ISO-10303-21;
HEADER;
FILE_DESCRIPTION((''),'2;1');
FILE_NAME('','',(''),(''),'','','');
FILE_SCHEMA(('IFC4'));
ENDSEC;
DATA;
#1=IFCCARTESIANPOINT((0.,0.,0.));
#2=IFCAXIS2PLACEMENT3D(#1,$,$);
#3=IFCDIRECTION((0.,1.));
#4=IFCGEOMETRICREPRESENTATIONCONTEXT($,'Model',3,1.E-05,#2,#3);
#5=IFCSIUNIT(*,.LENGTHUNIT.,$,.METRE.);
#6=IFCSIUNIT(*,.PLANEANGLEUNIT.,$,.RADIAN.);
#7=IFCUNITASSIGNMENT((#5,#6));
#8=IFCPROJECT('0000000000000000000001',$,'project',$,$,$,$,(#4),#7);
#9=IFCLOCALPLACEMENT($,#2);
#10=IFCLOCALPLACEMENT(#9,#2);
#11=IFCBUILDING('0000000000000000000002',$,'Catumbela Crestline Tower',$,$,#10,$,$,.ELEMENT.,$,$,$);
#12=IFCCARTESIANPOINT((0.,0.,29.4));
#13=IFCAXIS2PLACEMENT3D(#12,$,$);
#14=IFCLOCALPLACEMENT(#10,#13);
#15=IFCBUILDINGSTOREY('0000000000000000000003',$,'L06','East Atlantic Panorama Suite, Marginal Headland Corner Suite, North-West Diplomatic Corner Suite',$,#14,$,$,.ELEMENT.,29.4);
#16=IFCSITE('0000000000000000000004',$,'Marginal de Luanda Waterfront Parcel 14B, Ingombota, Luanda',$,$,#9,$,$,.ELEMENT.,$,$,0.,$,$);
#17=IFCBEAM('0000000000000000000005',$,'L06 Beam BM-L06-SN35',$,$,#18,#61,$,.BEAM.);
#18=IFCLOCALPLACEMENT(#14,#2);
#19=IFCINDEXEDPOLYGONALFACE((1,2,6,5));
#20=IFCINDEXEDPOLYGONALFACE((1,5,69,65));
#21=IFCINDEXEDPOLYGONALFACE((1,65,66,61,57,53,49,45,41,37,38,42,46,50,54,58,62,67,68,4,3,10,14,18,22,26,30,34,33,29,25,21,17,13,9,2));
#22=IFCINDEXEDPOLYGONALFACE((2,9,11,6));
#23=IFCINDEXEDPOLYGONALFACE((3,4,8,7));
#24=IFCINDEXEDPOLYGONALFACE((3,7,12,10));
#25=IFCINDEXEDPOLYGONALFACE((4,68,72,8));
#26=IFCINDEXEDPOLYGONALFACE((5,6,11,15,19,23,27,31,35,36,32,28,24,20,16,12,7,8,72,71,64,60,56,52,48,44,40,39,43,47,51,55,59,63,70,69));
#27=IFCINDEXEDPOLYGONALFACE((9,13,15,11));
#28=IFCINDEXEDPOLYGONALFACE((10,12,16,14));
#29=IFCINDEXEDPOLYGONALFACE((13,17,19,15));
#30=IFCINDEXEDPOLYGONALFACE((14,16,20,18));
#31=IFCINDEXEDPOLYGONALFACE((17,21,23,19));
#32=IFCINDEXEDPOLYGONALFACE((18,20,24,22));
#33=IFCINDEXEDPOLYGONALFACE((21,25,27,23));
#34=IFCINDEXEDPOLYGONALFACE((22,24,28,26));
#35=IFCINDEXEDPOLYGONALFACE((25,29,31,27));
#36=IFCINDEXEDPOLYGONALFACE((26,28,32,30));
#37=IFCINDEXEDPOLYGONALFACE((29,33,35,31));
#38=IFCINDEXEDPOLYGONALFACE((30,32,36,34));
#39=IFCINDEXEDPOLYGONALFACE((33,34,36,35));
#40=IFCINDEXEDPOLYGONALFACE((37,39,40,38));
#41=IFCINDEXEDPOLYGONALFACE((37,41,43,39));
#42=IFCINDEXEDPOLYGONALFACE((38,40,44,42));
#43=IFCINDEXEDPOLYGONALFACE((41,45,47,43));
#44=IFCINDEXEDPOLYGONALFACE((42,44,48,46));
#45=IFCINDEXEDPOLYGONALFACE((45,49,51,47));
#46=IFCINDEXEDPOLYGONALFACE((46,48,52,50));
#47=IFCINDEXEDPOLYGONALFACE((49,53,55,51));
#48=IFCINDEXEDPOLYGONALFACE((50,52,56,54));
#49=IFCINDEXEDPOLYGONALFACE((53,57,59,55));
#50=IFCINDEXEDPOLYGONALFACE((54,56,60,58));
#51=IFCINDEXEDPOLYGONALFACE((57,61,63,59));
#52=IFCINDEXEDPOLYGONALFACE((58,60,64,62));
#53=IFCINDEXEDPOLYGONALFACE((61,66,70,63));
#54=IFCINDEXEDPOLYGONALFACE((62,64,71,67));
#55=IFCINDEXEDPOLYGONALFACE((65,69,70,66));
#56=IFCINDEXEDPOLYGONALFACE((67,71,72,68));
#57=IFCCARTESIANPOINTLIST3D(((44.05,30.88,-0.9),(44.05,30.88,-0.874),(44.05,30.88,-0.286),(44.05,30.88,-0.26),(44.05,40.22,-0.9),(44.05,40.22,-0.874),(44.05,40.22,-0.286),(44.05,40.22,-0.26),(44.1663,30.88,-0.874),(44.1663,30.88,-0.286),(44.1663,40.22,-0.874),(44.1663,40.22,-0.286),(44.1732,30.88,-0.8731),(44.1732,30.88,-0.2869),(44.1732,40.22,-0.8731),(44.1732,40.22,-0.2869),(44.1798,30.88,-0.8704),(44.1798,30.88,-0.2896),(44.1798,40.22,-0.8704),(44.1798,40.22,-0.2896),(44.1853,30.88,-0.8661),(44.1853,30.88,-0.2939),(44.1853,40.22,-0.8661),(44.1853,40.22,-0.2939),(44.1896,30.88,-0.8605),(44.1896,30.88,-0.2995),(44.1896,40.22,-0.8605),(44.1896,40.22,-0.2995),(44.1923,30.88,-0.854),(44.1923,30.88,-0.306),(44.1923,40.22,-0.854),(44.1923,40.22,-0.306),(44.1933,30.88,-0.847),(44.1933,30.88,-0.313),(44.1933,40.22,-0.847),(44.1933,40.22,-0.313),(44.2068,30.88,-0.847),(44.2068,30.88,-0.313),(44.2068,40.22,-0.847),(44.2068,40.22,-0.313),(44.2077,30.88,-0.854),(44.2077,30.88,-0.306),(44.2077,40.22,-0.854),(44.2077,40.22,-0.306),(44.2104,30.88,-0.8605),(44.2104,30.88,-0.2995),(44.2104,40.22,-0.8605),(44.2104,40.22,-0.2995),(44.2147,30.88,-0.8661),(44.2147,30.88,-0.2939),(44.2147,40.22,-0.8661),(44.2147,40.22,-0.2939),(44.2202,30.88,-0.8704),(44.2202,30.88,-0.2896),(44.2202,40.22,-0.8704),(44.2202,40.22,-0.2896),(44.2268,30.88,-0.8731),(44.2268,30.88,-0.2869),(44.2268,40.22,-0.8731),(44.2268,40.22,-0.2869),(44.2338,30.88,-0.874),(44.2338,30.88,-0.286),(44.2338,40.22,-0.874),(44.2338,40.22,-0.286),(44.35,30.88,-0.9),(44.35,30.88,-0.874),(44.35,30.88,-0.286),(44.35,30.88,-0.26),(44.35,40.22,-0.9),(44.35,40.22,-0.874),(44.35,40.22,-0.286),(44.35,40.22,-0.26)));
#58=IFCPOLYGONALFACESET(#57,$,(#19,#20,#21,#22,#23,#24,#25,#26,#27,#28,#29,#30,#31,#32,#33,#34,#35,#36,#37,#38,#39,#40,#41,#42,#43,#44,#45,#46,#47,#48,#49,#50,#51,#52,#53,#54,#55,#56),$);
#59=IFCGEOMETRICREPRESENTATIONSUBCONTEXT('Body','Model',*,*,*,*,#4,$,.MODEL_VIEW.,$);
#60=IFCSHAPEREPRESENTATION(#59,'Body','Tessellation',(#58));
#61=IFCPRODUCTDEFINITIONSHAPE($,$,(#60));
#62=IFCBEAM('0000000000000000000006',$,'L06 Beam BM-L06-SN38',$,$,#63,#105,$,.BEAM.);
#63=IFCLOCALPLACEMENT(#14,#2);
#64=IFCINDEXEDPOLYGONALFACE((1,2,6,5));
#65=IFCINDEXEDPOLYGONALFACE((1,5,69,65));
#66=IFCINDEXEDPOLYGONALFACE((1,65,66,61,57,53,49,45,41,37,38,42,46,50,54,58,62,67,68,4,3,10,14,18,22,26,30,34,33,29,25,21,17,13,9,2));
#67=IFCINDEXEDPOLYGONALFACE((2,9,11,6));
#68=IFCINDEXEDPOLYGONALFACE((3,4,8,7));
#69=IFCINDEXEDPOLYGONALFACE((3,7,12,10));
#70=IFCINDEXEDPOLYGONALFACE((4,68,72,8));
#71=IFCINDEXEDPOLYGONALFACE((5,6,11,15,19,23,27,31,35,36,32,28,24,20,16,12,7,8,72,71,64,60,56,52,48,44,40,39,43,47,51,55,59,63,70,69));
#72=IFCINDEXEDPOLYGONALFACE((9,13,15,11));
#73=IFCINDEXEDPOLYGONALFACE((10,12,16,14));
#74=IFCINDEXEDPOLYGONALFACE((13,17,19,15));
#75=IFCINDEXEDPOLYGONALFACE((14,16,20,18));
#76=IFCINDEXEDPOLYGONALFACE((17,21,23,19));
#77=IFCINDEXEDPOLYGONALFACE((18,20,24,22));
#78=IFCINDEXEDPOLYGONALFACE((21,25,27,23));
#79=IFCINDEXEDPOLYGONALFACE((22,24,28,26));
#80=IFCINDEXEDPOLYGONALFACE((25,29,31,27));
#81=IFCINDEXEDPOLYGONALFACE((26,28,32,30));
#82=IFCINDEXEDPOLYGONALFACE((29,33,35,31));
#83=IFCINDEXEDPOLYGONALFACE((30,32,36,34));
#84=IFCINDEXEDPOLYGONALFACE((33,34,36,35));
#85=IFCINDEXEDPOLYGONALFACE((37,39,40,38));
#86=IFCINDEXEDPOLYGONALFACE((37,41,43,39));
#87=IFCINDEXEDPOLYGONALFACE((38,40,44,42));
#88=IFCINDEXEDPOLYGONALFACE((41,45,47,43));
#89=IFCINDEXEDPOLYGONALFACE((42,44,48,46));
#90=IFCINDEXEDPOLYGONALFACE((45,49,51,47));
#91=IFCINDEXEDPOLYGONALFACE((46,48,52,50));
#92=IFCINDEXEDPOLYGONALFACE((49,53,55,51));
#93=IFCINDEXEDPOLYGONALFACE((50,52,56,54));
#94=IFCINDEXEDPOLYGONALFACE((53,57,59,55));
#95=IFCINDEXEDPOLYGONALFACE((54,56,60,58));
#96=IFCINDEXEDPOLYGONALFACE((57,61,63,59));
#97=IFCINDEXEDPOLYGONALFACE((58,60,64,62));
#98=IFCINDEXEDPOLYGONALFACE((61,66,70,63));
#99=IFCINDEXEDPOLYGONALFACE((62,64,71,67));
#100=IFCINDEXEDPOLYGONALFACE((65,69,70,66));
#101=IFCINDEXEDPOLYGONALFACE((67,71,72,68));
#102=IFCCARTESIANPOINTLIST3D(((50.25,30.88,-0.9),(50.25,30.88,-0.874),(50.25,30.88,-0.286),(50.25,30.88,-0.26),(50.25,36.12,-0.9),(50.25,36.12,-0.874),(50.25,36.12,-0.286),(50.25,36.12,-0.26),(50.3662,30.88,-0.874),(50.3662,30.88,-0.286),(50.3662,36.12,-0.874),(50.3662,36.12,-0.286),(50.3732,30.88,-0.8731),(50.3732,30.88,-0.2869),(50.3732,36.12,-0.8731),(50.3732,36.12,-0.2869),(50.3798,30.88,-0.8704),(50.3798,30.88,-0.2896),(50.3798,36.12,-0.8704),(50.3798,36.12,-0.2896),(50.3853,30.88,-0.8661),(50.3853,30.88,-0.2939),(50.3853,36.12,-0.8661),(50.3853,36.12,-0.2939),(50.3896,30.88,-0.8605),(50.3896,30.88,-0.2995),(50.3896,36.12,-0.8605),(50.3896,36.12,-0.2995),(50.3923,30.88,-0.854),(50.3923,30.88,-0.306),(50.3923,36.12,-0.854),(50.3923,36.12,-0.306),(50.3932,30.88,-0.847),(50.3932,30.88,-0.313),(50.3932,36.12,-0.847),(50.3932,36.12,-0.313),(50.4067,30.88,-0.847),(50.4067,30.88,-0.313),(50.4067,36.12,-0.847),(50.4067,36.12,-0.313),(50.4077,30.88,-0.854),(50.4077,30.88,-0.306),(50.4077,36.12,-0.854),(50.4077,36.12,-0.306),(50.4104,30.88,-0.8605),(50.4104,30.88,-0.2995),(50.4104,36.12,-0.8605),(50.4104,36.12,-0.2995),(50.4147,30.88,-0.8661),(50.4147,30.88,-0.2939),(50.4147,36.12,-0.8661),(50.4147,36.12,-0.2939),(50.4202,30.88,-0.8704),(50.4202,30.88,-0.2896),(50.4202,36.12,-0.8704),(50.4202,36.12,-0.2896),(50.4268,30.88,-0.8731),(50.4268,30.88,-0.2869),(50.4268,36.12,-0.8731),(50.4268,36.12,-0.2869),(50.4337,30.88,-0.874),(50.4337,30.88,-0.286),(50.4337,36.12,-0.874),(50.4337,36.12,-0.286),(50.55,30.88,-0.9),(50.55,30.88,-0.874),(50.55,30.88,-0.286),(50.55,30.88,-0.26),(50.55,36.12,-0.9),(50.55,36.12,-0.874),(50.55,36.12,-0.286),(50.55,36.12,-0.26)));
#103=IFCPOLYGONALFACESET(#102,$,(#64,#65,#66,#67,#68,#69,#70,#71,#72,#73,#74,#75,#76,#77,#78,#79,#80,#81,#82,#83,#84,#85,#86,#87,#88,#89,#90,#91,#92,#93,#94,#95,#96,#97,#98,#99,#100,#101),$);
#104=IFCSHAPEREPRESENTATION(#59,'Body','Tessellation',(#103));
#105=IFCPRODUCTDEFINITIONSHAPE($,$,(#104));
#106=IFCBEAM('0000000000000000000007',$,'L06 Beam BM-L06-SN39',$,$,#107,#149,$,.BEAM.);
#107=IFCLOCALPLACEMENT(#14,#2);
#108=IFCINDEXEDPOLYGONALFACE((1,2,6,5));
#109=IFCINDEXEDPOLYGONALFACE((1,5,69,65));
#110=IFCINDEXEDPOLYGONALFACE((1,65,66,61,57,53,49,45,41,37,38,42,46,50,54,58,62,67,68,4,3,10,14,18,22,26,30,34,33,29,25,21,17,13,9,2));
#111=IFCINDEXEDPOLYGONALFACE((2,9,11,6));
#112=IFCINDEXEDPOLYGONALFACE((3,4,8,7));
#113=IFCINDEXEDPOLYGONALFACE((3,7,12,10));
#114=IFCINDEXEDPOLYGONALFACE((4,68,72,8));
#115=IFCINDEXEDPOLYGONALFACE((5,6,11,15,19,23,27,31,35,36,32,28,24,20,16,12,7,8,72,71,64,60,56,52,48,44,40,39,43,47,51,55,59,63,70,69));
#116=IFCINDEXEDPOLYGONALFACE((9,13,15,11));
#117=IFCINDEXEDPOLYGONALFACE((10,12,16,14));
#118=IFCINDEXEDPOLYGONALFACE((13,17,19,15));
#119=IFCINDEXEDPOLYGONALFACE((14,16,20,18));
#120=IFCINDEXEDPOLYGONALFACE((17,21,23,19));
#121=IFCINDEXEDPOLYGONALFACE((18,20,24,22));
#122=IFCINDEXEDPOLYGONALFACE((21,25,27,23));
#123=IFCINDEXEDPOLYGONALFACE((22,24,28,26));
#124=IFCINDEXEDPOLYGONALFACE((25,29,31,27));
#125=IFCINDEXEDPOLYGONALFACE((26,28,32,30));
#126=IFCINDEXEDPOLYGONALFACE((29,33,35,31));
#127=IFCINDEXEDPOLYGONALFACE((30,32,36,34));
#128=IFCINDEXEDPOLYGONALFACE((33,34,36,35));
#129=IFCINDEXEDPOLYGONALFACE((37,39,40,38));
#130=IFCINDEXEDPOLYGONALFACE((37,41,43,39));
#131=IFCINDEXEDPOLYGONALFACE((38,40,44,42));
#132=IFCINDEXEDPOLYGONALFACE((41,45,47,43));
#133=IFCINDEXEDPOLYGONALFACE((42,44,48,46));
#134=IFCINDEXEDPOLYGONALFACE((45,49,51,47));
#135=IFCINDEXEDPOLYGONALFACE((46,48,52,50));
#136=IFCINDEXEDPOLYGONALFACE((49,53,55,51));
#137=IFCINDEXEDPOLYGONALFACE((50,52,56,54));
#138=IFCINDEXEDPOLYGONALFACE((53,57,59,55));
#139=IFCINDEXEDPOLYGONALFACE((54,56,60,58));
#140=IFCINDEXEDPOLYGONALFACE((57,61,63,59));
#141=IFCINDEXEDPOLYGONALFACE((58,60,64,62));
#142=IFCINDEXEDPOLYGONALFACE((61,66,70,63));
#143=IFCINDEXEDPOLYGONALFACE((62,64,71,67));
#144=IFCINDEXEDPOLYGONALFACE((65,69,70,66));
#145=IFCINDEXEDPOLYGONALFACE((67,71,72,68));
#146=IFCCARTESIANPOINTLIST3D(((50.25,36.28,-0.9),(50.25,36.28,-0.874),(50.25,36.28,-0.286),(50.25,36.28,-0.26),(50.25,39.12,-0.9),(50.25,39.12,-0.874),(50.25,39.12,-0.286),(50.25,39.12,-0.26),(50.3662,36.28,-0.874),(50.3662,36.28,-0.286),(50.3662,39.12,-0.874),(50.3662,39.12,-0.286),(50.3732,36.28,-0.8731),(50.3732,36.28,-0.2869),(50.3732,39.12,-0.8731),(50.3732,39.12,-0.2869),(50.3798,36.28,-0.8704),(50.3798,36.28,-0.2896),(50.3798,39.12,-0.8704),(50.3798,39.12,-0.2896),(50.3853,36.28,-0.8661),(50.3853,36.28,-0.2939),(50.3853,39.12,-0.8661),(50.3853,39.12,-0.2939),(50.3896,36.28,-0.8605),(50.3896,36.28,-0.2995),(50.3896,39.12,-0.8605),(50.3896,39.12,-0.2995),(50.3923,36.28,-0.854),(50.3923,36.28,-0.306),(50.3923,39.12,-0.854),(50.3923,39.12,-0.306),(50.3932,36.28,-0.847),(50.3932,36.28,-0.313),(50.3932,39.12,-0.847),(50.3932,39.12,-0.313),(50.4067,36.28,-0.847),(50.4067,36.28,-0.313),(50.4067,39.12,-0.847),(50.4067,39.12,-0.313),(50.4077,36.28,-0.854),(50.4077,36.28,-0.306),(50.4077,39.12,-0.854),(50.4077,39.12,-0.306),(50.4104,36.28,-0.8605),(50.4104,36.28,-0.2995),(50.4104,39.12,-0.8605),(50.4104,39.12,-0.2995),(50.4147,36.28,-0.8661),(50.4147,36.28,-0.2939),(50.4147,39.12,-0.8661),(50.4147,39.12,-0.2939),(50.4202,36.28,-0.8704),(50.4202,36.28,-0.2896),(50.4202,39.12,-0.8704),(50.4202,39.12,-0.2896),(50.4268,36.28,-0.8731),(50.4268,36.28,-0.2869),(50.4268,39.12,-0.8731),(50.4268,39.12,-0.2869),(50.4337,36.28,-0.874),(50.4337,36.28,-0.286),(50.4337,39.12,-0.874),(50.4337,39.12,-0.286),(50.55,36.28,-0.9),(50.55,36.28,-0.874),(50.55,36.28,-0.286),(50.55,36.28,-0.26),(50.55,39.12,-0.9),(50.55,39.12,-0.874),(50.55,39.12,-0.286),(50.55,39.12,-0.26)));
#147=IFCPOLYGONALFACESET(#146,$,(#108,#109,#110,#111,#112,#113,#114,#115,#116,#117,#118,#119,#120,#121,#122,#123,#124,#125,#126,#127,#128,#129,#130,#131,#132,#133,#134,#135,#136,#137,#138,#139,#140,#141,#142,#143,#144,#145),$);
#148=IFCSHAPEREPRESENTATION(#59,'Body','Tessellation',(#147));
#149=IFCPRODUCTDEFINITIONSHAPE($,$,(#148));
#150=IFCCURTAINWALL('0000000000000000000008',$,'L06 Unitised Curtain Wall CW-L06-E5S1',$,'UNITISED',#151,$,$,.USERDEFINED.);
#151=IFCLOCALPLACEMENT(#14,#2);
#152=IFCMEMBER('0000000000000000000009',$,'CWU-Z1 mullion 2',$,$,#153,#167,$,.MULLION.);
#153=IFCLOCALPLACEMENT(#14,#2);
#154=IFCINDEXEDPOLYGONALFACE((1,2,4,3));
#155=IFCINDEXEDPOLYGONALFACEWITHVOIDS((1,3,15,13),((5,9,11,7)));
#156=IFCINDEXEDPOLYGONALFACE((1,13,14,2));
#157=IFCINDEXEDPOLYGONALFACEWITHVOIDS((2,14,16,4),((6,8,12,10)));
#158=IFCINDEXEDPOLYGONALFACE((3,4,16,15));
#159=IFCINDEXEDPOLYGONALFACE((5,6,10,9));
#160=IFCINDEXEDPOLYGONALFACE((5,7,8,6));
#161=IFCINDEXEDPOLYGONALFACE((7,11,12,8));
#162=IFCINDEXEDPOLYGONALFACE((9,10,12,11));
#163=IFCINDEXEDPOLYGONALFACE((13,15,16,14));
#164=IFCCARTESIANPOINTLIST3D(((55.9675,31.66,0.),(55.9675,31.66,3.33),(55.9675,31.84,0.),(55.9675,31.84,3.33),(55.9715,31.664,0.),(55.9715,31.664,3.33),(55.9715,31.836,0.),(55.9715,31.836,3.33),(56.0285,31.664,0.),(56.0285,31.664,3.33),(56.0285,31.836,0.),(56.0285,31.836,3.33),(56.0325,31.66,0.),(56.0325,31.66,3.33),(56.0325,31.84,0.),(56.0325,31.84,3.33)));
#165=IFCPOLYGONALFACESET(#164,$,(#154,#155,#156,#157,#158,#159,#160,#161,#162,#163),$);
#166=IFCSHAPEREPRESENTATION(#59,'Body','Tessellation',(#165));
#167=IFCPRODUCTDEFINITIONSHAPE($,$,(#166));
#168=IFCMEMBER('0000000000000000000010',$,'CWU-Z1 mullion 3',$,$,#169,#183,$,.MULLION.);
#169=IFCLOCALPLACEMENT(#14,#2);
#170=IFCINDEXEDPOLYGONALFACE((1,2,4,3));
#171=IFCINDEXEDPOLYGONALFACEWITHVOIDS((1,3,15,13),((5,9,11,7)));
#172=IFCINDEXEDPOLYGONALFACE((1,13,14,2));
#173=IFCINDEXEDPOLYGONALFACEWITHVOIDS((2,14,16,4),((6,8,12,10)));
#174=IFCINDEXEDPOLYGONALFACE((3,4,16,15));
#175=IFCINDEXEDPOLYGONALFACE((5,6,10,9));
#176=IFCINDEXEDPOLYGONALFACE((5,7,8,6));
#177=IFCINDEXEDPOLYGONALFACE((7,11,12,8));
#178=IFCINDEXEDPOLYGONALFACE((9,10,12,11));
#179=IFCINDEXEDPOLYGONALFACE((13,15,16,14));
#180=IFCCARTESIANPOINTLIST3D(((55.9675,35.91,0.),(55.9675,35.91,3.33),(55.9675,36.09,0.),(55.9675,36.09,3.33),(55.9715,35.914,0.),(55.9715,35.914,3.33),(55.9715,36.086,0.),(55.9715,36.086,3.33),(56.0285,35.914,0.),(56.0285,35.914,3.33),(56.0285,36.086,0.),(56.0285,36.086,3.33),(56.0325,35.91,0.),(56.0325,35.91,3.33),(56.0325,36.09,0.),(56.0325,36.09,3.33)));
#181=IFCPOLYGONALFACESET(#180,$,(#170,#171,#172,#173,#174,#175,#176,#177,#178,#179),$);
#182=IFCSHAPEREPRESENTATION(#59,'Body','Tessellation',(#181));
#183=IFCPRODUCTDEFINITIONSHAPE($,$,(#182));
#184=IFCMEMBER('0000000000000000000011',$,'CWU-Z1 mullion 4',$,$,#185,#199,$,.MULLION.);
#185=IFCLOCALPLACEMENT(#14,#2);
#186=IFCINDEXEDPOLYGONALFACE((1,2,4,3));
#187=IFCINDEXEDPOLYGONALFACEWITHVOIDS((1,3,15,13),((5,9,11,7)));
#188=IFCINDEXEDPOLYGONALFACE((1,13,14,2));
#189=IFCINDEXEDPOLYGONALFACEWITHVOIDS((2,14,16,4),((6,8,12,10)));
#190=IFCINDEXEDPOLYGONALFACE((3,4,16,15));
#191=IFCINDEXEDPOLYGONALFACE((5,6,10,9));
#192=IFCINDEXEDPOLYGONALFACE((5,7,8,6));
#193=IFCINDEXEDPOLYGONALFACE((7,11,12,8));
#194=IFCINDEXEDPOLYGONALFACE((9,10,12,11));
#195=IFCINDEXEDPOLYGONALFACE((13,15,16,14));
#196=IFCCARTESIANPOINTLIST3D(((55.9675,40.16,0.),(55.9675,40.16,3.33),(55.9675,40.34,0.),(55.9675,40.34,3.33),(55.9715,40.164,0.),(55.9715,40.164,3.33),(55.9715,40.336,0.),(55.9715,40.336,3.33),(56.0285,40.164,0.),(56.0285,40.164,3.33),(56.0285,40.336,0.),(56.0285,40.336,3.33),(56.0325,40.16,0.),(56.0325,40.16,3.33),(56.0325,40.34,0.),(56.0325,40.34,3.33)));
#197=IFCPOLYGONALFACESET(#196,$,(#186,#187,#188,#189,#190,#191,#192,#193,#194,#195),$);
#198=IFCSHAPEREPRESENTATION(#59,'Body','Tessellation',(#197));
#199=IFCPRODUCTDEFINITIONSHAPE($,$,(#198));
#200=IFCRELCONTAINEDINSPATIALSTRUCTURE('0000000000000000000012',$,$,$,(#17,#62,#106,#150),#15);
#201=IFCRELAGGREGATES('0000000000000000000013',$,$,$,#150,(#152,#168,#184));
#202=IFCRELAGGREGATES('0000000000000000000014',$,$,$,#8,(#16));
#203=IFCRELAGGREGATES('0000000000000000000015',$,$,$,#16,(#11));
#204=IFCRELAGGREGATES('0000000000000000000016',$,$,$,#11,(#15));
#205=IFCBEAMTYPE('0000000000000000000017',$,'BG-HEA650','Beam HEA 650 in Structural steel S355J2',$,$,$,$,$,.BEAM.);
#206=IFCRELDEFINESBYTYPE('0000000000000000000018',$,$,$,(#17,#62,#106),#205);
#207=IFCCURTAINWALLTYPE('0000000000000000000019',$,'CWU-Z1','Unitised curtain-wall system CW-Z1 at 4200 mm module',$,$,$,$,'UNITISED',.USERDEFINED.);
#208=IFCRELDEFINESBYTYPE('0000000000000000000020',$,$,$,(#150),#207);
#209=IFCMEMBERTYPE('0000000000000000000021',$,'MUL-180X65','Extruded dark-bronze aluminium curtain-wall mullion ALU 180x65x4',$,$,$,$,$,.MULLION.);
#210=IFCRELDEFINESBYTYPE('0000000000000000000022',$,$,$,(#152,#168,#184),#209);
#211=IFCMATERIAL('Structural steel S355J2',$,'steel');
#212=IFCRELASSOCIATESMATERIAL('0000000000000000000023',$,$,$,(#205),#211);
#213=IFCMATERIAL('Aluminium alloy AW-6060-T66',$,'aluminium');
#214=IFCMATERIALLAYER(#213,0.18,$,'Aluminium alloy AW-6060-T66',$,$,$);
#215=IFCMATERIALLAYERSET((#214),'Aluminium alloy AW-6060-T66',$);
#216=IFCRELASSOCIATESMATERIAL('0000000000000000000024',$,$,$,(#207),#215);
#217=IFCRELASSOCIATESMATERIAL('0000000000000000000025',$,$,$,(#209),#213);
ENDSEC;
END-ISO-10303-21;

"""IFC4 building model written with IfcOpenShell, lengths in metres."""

from ifc_helpers import new_model, si_unit, direction, frame, origin, origin_2d, place, context, subcontext, project, spatial, hollow_rectangle, i_section, extrude, material, layer, layer_set, material_profile, profile_set, type_object, element, aggregate, save


model = new_model("IFC4")

# Units and contexts
model_context = context("Model", 3, precision=1e-05, world=origin(), true_north=direction((0.0, 1.0)))
body_context = subcontext(model_context, "Body", "Model", "MODEL_VIEW")
ifc_project = project(units=[si_unit("LENGTHUNIT", "METRE"), si_unit("PLANEANGLEUNIT", "RADIAN")], contexts=[model_context])

# Site, building, storey
site_placement = place(None, origin())
site = spatial("IfcSite", under=ifc_project, at=site_placement, Name="Marginal de Luanda Waterfront Parcel 14B, Ingombota, Luanda", CompositionType="ELEMENT", RefElevation=0.0)
building_placement = place(site_placement, origin())
building = spatial("IfcBuilding", under=site, at=building_placement, Name="Catumbela Crestline Tower", CompositionType="ELEMENT")
storey_placement = place(building_placement, frame((0.0, 0.0, 29.4)))
storey = spatial("IfcBuildingStorey", under=building, at=storey_placement, Name="L06", Description="East Atlantic Panorama Suite, Marginal Headland Corner Suite, North-West Diplomatic Corner Suite", CompositionType="ELEMENT", Elevation=29.4)

# Beams
ifc_material_1 = material(Name="Structural steel S355J2", Category="steel")
ifc_material_profile_1 = material_profile(ifc_material_1, i_section(OverallWidth=0.3, OverallDepth=0.64, WebThickness=0.0135, FlangeThickness=0.026, FilletRadius=0.027, at=origin_2d()), Name="HEA 650")
ifc_profile_set_1 = profile_set([ifc_material_profile_1], Name="Structural steel S355J2")
beam_type_1 = type_object("IfcBeamType", Name="BG-HEA650", Description="Beam HEA 650 in Structural steel S355J2", PredefinedType="BEAM", material=ifc_profile_set_1)
beam_1_placement = place(storey_placement, frame((44.2, 30.88, -0.58), z_axis=(0.0, 1.0, 0.0), x_axis=(-1.0, 0.0, 0.0)))
element("IfcBeam", 1, at=beam_1_placement, inside=storey, type_object=beam_type_1, Name="L06 Beam BM-L06-SN35", PredefinedType="BEAM", context=body_context, shape_type="SweptSolid", body=[
    extrude(i_section(OverallWidth=0.3, OverallDepth=0.64, WebThickness=0.0135, FlangeThickness=0.026, FilletRadius=0.027, at=origin_2d()), origin(), (0.0, 0.0, 1.0), 9.34),
])
beam_2_placement = place(storey_placement, frame((50.4, 30.88, -0.58), z_axis=(0.0, 1.0, 0.0), x_axis=(-1.0, 0.0, 0.0)))
element("IfcBeam", 2, at=beam_2_placement, inside=storey, type_object=beam_type_1, Name="L06 Beam BM-L06-SN38", PredefinedType="BEAM", context=body_context, shape_type="SweptSolid", body=[
    extrude(i_section(OverallWidth=0.3, OverallDepth=0.64, WebThickness=0.0135, FlangeThickness=0.026, FilletRadius=0.027, at=origin_2d()), origin(), (0.0, 0.0, 1.0), 5.24),
])
beam_3_placement = place(storey_placement, frame((50.4, 36.28, -0.58), z_axis=(0.0, 1.0, 0.0), x_axis=(-1.0, 0.0, 0.0)))
element("IfcBeam", 3, at=beam_3_placement, inside=storey, type_object=beam_type_1, Name="L06 Beam BM-L06-SN39", PredefinedType="BEAM", context=body_context, shape_type="SweptSolid", body=[
    extrude(i_section(OverallWidth=0.3, OverallDepth=0.64, WebThickness=0.0135, FlangeThickness=0.026, FilletRadius=0.027, at=origin_2d()), origin(), (0.0, 0.0, 1.0), 2.84),
])

# Curtain wall, members
ifc_material_2 = material(Name="Aluminium alloy AW-6060-T66", Category="aluminium")
ifc_layer_1 = layer(ifc_material_2, 0.18, Name="Aluminium alloy AW-6060-T66")
ifc_layer_set_1 = layer_set([ifc_layer_1], Name="Aluminium alloy AW-6060-T66")
curtain_wall_type = type_object("IfcCurtainWallType", Name="CWU-Z1", Description="Unitised curtain-wall system CW-Z1 at 4200 mm module", ElementType="UNITISED", PredefinedType="USERDEFINED", material=ifc_layer_set_1)
curtain_wall_placement = place(storey_placement, origin())
curtain_wall = element("IfcCurtainWall", 4, at=curtain_wall_placement, inside=storey, type_object=curtain_wall_type, Name="L06 Unitised Curtain Wall CW-L06-E5S1", ObjectType="UNITISED", PredefinedType="USERDEFINED")
ifc_material_profile_2 = material_profile(ifc_material_2, hollow_rectangle(XDim=0.065, YDim=0.18, WallThickness=0.004, at=origin_2d()), Name="ALU 180x65x4")
ifc_profile_set_2 = profile_set([ifc_material_profile_2], Name="Aluminium alloy AW-6060-T66")
member_type_1 = type_object("IfcMemberType", Name="MUL-180X65", Description="Extruded dark-bronze aluminium curtain-wall mullion ALU 180x65x4", PredefinedType="MULLION", material=ifc_profile_set_2)
member_1_placement = place(storey_placement, frame((56.0, 31.75, 0.0), z_axis=(0.0, 0.0, 1.0), x_axis=(-1.0, 0.0, 0.0)))
member_1 = element("IfcMember", 5, at=member_1_placement, type_object=member_type_1, Name="CWU-Z1 mullion 2", PredefinedType="MULLION", context=body_context, shape_type="SweptSolid", body=[
    extrude(hollow_rectangle(XDim=0.065, YDim=0.18, WallThickness=0.004, at=origin_2d()), origin(), (0.0, 0.0, 1.0), 3.33),
])
member_2_placement = place(storey_placement, frame((56.0, 36.0, 0.0), z_axis=(0.0, 0.0, 1.0), x_axis=(-1.0, 0.0, 0.0)))
member_2 = element("IfcMember", 6, at=member_2_placement, type_object=member_type_1, Name="CWU-Z1 mullion 3", PredefinedType="MULLION", context=body_context, shape_type="SweptSolid", body=[
    extrude(hollow_rectangle(XDim=0.065, YDim=0.18, WallThickness=0.004, at=origin_2d()), origin(), (0.0, 0.0, 1.0), 3.33),
])
member_3_placement = place(storey_placement, frame((56.0, 40.25, 0.0), z_axis=(0.0, 0.0, 1.0), x_axis=(-1.0, 0.0, 0.0)))
member_3 = element("IfcMember", 7, at=member_3_placement, type_object=member_type_1, Name="CWU-Z1 mullion 4", PredefinedType="MULLION", context=body_context, shape_type="SweptSolid", body=[
    extrude(hollow_rectangle(XDim=0.065, YDim=0.18, WallThickness=0.004, at=origin_2d()), origin(), (0.0, 0.0, 1.0), 3.33),
])

aggregate(curtain_wall, [member_1, member_2, member_3])

save(model, "model.ifc")
